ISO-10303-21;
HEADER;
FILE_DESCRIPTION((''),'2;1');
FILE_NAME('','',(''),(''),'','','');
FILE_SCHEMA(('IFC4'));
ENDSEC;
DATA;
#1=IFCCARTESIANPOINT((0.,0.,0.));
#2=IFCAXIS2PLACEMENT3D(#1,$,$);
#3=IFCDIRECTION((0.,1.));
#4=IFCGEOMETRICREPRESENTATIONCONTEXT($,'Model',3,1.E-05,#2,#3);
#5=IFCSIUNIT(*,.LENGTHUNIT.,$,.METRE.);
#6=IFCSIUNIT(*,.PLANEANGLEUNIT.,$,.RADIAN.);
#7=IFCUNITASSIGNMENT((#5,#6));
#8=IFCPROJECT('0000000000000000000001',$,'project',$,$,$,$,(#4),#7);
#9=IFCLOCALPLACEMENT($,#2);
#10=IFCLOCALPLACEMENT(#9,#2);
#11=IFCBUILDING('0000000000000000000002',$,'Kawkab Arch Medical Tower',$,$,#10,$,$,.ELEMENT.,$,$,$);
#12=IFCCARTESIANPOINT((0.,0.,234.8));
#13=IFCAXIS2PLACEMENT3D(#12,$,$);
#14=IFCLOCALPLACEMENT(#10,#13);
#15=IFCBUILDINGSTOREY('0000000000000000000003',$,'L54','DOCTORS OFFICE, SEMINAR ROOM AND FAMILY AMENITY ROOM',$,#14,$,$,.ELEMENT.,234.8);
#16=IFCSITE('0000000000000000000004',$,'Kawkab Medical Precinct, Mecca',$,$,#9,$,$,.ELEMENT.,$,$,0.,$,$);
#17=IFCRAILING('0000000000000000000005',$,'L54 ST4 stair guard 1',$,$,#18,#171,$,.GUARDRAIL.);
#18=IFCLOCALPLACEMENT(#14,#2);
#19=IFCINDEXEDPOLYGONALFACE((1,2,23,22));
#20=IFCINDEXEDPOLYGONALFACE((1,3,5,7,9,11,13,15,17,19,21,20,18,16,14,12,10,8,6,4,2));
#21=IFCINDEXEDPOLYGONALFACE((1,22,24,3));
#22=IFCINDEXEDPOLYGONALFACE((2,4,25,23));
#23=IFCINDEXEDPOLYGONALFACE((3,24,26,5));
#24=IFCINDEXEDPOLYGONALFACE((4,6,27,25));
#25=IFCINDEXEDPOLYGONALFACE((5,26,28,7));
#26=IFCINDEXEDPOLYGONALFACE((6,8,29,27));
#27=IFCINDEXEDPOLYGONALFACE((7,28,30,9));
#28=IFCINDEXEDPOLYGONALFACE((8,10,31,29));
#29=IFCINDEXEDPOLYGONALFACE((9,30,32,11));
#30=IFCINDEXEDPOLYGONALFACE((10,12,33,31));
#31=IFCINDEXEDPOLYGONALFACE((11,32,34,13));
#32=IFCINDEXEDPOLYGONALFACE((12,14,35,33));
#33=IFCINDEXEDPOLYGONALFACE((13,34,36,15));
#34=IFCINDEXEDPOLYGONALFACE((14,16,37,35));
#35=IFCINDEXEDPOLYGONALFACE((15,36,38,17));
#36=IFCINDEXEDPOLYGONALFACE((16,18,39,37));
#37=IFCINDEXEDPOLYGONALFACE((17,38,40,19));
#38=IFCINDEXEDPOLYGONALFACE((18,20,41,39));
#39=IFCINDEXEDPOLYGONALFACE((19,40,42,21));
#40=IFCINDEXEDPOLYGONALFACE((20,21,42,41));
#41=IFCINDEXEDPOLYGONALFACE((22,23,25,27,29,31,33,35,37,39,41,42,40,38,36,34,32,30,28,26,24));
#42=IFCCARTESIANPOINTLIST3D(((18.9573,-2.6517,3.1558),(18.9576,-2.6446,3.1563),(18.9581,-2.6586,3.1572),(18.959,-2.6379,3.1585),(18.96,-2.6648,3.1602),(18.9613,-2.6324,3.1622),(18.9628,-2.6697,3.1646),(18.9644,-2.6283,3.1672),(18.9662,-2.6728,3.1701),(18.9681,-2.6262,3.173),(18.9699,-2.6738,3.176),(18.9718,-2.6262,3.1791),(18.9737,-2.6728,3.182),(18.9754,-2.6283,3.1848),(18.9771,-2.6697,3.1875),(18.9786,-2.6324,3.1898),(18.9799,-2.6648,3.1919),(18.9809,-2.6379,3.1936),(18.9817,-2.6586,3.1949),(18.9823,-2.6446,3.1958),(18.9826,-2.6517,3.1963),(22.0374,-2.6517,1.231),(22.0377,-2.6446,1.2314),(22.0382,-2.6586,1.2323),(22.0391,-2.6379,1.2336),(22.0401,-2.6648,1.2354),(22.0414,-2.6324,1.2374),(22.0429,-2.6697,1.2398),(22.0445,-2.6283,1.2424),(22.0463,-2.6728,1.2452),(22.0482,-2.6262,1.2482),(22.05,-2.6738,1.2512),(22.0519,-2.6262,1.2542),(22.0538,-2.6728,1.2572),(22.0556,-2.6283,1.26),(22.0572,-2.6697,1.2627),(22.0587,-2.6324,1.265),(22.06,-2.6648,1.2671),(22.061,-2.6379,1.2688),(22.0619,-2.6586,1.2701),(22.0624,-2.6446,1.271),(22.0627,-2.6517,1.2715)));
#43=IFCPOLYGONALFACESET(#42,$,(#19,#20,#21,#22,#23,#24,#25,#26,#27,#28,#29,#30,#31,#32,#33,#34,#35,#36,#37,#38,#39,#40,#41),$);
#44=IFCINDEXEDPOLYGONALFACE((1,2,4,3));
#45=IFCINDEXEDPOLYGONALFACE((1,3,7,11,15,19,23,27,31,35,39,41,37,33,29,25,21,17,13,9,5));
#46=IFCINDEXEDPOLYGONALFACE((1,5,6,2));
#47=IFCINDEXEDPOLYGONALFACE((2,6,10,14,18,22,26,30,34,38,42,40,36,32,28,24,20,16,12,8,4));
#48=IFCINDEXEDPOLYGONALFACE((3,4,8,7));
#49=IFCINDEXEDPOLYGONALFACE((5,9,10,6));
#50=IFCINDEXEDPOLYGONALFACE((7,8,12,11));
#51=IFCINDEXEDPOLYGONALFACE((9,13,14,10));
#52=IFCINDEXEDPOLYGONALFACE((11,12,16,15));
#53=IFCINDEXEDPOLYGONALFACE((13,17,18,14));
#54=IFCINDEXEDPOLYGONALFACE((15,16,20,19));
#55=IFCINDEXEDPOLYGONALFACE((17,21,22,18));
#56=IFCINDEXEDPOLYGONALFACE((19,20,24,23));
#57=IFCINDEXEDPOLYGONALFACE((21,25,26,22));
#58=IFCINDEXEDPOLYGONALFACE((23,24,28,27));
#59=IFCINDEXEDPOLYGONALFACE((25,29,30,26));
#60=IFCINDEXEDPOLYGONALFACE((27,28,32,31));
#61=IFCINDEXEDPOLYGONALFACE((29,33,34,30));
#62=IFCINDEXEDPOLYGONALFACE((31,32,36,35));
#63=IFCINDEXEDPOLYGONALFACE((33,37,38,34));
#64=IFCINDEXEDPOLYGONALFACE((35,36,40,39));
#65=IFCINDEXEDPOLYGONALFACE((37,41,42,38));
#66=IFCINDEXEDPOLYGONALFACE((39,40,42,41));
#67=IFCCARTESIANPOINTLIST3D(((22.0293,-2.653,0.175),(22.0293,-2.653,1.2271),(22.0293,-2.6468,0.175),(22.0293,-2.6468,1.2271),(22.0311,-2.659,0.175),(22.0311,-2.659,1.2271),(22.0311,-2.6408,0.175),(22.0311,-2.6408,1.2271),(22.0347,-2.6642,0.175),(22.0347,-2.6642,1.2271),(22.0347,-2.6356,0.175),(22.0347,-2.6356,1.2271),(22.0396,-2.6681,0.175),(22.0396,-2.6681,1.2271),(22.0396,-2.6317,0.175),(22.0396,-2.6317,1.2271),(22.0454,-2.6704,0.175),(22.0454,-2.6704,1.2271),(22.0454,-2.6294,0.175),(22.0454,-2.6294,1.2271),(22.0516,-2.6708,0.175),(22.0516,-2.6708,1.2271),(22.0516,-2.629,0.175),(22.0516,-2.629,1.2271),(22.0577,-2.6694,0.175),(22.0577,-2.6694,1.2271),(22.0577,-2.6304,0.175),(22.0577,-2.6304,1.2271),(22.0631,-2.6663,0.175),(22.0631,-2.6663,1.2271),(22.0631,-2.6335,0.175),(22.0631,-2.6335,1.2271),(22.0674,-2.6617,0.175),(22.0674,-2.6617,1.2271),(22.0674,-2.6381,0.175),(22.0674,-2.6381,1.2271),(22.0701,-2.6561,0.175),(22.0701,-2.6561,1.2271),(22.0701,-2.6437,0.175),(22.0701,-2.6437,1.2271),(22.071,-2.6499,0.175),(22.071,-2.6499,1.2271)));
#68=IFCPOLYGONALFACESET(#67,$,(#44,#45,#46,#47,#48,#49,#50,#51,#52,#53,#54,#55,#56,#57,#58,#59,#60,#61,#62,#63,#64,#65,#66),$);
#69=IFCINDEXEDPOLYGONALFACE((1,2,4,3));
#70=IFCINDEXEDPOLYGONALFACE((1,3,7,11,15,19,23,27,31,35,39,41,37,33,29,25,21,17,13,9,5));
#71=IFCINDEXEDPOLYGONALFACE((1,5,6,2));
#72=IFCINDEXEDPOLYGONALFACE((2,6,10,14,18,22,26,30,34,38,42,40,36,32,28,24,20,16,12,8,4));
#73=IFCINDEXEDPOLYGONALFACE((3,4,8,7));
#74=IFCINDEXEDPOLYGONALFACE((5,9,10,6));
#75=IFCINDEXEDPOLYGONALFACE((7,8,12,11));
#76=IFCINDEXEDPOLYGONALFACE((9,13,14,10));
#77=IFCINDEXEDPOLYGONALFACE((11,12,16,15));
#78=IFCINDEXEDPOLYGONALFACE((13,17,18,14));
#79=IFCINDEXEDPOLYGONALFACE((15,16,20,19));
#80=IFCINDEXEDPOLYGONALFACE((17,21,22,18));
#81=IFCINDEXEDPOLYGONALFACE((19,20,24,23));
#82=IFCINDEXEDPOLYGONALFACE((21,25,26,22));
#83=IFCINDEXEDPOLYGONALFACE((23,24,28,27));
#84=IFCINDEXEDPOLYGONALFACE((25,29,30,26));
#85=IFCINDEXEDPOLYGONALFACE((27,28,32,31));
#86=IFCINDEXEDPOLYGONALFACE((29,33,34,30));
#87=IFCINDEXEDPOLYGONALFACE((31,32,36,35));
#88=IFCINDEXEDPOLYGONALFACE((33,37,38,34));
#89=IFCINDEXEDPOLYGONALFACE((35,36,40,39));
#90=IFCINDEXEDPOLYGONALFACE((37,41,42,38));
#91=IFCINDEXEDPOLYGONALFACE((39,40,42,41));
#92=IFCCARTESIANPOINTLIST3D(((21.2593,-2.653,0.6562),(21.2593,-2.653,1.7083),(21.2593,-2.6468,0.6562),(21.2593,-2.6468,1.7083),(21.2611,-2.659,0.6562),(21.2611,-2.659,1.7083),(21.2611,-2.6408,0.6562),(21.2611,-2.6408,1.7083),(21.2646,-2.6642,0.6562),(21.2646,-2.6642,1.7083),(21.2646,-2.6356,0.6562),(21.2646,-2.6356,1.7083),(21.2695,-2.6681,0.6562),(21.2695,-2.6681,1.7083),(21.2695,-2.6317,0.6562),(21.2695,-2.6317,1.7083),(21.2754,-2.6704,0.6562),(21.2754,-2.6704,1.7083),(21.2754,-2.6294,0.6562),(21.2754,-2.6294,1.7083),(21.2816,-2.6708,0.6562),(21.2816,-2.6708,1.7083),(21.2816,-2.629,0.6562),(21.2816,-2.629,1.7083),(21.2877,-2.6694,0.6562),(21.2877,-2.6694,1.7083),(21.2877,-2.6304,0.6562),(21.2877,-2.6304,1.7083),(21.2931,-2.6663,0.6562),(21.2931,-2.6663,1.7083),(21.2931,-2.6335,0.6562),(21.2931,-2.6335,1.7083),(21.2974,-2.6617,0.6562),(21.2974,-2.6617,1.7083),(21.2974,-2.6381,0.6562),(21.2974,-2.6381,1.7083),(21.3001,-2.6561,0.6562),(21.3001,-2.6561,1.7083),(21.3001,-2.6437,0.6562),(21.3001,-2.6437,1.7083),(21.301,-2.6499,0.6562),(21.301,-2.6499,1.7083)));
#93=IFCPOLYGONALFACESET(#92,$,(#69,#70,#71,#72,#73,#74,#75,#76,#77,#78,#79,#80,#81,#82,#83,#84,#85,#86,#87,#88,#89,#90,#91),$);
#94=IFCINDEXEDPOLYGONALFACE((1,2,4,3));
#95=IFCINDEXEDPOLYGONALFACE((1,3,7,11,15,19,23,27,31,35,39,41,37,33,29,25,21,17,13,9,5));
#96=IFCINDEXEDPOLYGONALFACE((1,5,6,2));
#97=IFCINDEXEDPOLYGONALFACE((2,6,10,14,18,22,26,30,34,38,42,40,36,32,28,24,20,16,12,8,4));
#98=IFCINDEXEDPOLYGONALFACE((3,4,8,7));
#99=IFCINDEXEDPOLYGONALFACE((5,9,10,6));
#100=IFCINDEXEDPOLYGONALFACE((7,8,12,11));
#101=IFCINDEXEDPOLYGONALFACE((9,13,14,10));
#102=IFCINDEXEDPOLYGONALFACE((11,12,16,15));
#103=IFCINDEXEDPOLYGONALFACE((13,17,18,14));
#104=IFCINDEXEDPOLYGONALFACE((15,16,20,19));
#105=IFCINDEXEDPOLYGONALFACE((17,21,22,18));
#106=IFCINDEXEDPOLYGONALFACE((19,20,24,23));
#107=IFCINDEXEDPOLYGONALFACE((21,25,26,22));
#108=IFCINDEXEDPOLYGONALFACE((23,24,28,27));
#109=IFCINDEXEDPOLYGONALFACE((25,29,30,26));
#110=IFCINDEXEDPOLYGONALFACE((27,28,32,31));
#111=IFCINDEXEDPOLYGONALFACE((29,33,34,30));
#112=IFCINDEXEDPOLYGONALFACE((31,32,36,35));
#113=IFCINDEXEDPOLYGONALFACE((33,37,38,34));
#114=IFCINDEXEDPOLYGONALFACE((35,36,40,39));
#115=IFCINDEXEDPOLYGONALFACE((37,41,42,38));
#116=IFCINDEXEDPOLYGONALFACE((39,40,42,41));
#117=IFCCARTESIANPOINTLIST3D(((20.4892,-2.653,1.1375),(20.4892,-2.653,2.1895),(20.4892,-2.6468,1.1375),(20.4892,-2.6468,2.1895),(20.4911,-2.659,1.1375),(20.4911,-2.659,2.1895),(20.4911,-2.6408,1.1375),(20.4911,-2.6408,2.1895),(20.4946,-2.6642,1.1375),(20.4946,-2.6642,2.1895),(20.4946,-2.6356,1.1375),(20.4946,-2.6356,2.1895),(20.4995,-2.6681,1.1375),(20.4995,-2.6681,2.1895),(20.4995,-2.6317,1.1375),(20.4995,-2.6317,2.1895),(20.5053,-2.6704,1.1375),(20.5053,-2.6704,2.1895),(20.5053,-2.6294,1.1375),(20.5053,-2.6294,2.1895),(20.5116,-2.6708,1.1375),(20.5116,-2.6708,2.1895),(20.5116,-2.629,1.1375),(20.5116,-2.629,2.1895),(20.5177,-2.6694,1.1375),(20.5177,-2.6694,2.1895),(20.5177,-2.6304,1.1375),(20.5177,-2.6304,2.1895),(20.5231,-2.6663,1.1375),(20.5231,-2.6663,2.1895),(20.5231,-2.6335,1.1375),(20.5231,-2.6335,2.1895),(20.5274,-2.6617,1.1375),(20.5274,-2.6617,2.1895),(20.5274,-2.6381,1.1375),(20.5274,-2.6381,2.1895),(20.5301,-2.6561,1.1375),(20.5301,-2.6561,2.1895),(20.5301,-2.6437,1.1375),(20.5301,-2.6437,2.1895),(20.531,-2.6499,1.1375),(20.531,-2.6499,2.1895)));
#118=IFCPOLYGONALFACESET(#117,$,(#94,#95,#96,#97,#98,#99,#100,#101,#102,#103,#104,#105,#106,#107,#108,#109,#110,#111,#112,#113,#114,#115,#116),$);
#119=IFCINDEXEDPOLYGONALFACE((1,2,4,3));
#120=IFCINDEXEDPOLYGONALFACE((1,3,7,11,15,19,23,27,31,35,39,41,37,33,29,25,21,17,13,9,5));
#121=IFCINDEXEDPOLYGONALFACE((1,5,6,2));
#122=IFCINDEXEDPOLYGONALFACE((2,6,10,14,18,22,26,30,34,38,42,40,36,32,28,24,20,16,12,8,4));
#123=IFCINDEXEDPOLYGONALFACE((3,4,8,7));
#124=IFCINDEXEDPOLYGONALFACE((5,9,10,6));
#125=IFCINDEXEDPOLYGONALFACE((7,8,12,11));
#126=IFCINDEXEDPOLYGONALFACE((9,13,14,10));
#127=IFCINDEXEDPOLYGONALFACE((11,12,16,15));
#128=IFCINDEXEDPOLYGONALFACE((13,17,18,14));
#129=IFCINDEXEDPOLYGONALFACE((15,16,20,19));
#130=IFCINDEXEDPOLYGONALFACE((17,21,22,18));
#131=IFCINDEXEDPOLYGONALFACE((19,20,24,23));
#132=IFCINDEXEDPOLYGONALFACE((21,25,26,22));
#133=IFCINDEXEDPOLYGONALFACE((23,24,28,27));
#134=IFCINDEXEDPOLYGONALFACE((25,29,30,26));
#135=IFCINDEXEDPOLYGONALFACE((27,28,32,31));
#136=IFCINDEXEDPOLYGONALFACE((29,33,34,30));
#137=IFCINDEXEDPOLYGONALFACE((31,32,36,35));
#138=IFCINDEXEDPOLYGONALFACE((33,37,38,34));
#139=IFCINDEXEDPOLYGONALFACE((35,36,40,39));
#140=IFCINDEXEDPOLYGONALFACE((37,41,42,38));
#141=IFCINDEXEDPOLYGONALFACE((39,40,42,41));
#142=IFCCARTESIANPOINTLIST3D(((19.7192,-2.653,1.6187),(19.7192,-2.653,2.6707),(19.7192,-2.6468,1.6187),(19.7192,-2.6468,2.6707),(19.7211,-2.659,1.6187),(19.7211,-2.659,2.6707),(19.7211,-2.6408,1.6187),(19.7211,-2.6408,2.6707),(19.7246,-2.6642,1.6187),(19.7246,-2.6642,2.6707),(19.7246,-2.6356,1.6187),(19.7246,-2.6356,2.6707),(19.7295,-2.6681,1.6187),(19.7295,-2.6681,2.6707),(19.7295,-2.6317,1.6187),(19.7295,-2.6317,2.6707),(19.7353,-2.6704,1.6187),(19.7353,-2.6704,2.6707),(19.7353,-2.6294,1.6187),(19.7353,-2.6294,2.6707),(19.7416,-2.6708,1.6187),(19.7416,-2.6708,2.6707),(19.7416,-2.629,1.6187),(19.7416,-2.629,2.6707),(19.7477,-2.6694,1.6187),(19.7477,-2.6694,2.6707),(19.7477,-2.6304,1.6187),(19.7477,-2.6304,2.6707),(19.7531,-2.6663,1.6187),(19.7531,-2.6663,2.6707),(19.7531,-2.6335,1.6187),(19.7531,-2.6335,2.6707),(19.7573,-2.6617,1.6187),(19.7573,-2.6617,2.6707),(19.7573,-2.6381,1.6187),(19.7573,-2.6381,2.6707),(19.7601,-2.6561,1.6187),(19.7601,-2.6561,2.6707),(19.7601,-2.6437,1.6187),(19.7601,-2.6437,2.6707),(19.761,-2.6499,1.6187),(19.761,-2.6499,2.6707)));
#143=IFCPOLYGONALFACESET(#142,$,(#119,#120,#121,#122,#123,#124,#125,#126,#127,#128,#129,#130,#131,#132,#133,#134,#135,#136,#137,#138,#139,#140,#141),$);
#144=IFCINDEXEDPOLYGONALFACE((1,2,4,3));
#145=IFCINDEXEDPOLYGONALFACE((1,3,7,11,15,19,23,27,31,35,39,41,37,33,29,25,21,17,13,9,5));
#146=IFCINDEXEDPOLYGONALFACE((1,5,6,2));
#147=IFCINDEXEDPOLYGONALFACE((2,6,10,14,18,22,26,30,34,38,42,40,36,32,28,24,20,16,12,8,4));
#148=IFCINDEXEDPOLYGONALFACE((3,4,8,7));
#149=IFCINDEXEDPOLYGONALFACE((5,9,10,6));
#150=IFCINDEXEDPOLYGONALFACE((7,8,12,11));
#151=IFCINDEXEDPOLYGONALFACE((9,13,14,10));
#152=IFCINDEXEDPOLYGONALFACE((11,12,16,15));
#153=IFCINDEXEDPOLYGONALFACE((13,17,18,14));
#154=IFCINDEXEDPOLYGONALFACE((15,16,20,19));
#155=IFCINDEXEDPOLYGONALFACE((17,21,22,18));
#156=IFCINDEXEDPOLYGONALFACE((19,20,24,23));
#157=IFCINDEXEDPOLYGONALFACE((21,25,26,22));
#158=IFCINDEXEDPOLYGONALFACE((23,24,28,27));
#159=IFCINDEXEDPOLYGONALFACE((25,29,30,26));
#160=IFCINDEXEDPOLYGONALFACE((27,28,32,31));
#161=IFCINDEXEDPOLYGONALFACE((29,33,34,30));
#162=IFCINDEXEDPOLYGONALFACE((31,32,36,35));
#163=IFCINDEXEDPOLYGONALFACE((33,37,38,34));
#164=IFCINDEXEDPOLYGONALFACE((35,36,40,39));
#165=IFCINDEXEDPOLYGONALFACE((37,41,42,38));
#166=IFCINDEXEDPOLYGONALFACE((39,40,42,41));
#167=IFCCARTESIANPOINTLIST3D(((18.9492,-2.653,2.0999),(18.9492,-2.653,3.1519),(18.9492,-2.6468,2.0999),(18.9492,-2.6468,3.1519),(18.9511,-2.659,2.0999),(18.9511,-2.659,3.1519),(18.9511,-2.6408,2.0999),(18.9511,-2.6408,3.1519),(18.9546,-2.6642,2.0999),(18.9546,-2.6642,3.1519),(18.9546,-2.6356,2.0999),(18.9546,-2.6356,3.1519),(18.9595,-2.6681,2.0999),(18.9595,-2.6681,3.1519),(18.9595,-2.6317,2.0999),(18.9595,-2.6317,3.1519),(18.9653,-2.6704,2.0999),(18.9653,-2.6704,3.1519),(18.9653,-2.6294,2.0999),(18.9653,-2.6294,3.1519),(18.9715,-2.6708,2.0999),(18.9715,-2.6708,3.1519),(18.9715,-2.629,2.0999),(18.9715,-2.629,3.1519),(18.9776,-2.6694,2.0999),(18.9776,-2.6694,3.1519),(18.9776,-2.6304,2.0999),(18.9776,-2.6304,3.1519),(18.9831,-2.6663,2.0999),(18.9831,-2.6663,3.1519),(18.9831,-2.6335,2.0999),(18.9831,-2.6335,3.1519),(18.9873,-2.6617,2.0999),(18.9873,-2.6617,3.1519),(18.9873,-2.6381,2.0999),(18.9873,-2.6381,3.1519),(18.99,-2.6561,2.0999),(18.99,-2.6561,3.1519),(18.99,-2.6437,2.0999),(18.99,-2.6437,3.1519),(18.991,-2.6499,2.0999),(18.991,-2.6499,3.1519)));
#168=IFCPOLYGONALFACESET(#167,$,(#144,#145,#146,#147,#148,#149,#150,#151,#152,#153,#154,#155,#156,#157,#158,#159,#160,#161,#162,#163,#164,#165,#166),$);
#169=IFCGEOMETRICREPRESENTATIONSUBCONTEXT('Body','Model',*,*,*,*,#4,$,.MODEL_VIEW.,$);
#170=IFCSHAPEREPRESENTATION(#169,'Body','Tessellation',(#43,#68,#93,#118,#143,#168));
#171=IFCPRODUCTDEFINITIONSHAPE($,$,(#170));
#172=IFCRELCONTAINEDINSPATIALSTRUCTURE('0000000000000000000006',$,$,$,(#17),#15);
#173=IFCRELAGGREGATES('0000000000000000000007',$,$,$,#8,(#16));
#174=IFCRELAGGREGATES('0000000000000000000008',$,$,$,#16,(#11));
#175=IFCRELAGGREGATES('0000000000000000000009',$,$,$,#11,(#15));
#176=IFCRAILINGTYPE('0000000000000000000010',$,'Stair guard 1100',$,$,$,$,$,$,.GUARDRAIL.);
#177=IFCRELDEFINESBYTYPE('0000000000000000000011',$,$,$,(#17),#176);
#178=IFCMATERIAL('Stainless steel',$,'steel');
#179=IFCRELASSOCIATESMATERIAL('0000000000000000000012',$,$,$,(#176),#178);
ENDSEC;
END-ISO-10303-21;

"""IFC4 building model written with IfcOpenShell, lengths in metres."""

from ifc_helpers import new_model, si_unit, direction, frame, origin, origin_2d, place, context, subcontext, project, spatial, circle, extrude, material, type_object, element, save


model = new_model("IFC4")

# Units and contexts
model_context = context("Model", 3, precision=1e-05, world=origin(), true_north=direction((0.0, 1.0)))
body_context = subcontext(model_context, "Body", "Model", "MODEL_VIEW")
ifc_project = project(units=[si_unit("LENGTHUNIT", "METRE"), si_unit("PLANEANGLEUNIT", "RADIAN")], contexts=[model_context])

# Site, building, storey
site_placement = place(None, origin())
site = spatial("IfcSite", under=ifc_project, at=site_placement, Name="Kawkab Medical Precinct, Mecca", CompositionType="ELEMENT", RefElevation=0.0)
building_placement = place(site_placement, origin())
building = spatial("IfcBuilding", under=site, at=building_placement, Name="Kawkab Arch Medical Tower", CompositionType="ELEMENT")
storey_placement = place(building_placement, frame((0.0, 0.0, 234.8)))
storey = spatial("IfcBuildingStorey", under=building, at=storey_placement, Name="L54", Description="DOCTORS OFFICE, SEMINAR ROOM AND FAMILY AMENITY ROOM", CompositionType="ELEMENT", Elevation=234.8)

# Railing
ifc_material_1 = material(Name="Stainless steel", Category="steel")
railing_type = type_object("IfcRailingType", Name="Stair guard 1100", PredefinedType="GUARDRAIL", material=ifc_material_1)
railing_1_placement = place(storey_placement, frame((22.05, -2.6499, 0.175)))
element("IfcRailing", 1, at=railing_1_placement, inside=storey, type_object=railing_type, Name="L54 ST4 stair guard 1", PredefinedType="GUARDRAIL", context=body_context, shape_type="SweptSolid", body=[
    extrude(circle(Radius=0.0239, at=origin_2d()), frame((0.0, 0.0, 1.0762), z_axis=(-0.848029, 0.0, 0.529951), x_axis=(0.0, -1.0, 0.0)), (0.0, 0.0, 1.0), 3.6321),
    extrude(circle(Radius=0.021, at=origin_2d()), origin(), (0.0, 0.0, 1.0), 1.052),
    extrude(circle(Radius=0.021, at=origin_2d()), frame((-0.77, 0.0, 0.4812)), (0.0, 0.0, 1.0), 1.052),
    extrude(circle(Radius=0.021, at=origin_2d()), frame((-1.54, 0.0, 0.9624)), (0.0, 0.0, 1.0), 1.052),
    extrude(circle(Radius=0.021, at=origin_2d()), frame((-2.3101, 0.0, 1.4436)), (0.0, 0.0, 1.0), 1.052),
    extrude(circle(Radius=0.021, at=origin_2d()), frame((-3.0801, 0.0, 1.9248)), (0.0, 0.0, 1.0), 1.052),
])

save(model, "model.ifc")
